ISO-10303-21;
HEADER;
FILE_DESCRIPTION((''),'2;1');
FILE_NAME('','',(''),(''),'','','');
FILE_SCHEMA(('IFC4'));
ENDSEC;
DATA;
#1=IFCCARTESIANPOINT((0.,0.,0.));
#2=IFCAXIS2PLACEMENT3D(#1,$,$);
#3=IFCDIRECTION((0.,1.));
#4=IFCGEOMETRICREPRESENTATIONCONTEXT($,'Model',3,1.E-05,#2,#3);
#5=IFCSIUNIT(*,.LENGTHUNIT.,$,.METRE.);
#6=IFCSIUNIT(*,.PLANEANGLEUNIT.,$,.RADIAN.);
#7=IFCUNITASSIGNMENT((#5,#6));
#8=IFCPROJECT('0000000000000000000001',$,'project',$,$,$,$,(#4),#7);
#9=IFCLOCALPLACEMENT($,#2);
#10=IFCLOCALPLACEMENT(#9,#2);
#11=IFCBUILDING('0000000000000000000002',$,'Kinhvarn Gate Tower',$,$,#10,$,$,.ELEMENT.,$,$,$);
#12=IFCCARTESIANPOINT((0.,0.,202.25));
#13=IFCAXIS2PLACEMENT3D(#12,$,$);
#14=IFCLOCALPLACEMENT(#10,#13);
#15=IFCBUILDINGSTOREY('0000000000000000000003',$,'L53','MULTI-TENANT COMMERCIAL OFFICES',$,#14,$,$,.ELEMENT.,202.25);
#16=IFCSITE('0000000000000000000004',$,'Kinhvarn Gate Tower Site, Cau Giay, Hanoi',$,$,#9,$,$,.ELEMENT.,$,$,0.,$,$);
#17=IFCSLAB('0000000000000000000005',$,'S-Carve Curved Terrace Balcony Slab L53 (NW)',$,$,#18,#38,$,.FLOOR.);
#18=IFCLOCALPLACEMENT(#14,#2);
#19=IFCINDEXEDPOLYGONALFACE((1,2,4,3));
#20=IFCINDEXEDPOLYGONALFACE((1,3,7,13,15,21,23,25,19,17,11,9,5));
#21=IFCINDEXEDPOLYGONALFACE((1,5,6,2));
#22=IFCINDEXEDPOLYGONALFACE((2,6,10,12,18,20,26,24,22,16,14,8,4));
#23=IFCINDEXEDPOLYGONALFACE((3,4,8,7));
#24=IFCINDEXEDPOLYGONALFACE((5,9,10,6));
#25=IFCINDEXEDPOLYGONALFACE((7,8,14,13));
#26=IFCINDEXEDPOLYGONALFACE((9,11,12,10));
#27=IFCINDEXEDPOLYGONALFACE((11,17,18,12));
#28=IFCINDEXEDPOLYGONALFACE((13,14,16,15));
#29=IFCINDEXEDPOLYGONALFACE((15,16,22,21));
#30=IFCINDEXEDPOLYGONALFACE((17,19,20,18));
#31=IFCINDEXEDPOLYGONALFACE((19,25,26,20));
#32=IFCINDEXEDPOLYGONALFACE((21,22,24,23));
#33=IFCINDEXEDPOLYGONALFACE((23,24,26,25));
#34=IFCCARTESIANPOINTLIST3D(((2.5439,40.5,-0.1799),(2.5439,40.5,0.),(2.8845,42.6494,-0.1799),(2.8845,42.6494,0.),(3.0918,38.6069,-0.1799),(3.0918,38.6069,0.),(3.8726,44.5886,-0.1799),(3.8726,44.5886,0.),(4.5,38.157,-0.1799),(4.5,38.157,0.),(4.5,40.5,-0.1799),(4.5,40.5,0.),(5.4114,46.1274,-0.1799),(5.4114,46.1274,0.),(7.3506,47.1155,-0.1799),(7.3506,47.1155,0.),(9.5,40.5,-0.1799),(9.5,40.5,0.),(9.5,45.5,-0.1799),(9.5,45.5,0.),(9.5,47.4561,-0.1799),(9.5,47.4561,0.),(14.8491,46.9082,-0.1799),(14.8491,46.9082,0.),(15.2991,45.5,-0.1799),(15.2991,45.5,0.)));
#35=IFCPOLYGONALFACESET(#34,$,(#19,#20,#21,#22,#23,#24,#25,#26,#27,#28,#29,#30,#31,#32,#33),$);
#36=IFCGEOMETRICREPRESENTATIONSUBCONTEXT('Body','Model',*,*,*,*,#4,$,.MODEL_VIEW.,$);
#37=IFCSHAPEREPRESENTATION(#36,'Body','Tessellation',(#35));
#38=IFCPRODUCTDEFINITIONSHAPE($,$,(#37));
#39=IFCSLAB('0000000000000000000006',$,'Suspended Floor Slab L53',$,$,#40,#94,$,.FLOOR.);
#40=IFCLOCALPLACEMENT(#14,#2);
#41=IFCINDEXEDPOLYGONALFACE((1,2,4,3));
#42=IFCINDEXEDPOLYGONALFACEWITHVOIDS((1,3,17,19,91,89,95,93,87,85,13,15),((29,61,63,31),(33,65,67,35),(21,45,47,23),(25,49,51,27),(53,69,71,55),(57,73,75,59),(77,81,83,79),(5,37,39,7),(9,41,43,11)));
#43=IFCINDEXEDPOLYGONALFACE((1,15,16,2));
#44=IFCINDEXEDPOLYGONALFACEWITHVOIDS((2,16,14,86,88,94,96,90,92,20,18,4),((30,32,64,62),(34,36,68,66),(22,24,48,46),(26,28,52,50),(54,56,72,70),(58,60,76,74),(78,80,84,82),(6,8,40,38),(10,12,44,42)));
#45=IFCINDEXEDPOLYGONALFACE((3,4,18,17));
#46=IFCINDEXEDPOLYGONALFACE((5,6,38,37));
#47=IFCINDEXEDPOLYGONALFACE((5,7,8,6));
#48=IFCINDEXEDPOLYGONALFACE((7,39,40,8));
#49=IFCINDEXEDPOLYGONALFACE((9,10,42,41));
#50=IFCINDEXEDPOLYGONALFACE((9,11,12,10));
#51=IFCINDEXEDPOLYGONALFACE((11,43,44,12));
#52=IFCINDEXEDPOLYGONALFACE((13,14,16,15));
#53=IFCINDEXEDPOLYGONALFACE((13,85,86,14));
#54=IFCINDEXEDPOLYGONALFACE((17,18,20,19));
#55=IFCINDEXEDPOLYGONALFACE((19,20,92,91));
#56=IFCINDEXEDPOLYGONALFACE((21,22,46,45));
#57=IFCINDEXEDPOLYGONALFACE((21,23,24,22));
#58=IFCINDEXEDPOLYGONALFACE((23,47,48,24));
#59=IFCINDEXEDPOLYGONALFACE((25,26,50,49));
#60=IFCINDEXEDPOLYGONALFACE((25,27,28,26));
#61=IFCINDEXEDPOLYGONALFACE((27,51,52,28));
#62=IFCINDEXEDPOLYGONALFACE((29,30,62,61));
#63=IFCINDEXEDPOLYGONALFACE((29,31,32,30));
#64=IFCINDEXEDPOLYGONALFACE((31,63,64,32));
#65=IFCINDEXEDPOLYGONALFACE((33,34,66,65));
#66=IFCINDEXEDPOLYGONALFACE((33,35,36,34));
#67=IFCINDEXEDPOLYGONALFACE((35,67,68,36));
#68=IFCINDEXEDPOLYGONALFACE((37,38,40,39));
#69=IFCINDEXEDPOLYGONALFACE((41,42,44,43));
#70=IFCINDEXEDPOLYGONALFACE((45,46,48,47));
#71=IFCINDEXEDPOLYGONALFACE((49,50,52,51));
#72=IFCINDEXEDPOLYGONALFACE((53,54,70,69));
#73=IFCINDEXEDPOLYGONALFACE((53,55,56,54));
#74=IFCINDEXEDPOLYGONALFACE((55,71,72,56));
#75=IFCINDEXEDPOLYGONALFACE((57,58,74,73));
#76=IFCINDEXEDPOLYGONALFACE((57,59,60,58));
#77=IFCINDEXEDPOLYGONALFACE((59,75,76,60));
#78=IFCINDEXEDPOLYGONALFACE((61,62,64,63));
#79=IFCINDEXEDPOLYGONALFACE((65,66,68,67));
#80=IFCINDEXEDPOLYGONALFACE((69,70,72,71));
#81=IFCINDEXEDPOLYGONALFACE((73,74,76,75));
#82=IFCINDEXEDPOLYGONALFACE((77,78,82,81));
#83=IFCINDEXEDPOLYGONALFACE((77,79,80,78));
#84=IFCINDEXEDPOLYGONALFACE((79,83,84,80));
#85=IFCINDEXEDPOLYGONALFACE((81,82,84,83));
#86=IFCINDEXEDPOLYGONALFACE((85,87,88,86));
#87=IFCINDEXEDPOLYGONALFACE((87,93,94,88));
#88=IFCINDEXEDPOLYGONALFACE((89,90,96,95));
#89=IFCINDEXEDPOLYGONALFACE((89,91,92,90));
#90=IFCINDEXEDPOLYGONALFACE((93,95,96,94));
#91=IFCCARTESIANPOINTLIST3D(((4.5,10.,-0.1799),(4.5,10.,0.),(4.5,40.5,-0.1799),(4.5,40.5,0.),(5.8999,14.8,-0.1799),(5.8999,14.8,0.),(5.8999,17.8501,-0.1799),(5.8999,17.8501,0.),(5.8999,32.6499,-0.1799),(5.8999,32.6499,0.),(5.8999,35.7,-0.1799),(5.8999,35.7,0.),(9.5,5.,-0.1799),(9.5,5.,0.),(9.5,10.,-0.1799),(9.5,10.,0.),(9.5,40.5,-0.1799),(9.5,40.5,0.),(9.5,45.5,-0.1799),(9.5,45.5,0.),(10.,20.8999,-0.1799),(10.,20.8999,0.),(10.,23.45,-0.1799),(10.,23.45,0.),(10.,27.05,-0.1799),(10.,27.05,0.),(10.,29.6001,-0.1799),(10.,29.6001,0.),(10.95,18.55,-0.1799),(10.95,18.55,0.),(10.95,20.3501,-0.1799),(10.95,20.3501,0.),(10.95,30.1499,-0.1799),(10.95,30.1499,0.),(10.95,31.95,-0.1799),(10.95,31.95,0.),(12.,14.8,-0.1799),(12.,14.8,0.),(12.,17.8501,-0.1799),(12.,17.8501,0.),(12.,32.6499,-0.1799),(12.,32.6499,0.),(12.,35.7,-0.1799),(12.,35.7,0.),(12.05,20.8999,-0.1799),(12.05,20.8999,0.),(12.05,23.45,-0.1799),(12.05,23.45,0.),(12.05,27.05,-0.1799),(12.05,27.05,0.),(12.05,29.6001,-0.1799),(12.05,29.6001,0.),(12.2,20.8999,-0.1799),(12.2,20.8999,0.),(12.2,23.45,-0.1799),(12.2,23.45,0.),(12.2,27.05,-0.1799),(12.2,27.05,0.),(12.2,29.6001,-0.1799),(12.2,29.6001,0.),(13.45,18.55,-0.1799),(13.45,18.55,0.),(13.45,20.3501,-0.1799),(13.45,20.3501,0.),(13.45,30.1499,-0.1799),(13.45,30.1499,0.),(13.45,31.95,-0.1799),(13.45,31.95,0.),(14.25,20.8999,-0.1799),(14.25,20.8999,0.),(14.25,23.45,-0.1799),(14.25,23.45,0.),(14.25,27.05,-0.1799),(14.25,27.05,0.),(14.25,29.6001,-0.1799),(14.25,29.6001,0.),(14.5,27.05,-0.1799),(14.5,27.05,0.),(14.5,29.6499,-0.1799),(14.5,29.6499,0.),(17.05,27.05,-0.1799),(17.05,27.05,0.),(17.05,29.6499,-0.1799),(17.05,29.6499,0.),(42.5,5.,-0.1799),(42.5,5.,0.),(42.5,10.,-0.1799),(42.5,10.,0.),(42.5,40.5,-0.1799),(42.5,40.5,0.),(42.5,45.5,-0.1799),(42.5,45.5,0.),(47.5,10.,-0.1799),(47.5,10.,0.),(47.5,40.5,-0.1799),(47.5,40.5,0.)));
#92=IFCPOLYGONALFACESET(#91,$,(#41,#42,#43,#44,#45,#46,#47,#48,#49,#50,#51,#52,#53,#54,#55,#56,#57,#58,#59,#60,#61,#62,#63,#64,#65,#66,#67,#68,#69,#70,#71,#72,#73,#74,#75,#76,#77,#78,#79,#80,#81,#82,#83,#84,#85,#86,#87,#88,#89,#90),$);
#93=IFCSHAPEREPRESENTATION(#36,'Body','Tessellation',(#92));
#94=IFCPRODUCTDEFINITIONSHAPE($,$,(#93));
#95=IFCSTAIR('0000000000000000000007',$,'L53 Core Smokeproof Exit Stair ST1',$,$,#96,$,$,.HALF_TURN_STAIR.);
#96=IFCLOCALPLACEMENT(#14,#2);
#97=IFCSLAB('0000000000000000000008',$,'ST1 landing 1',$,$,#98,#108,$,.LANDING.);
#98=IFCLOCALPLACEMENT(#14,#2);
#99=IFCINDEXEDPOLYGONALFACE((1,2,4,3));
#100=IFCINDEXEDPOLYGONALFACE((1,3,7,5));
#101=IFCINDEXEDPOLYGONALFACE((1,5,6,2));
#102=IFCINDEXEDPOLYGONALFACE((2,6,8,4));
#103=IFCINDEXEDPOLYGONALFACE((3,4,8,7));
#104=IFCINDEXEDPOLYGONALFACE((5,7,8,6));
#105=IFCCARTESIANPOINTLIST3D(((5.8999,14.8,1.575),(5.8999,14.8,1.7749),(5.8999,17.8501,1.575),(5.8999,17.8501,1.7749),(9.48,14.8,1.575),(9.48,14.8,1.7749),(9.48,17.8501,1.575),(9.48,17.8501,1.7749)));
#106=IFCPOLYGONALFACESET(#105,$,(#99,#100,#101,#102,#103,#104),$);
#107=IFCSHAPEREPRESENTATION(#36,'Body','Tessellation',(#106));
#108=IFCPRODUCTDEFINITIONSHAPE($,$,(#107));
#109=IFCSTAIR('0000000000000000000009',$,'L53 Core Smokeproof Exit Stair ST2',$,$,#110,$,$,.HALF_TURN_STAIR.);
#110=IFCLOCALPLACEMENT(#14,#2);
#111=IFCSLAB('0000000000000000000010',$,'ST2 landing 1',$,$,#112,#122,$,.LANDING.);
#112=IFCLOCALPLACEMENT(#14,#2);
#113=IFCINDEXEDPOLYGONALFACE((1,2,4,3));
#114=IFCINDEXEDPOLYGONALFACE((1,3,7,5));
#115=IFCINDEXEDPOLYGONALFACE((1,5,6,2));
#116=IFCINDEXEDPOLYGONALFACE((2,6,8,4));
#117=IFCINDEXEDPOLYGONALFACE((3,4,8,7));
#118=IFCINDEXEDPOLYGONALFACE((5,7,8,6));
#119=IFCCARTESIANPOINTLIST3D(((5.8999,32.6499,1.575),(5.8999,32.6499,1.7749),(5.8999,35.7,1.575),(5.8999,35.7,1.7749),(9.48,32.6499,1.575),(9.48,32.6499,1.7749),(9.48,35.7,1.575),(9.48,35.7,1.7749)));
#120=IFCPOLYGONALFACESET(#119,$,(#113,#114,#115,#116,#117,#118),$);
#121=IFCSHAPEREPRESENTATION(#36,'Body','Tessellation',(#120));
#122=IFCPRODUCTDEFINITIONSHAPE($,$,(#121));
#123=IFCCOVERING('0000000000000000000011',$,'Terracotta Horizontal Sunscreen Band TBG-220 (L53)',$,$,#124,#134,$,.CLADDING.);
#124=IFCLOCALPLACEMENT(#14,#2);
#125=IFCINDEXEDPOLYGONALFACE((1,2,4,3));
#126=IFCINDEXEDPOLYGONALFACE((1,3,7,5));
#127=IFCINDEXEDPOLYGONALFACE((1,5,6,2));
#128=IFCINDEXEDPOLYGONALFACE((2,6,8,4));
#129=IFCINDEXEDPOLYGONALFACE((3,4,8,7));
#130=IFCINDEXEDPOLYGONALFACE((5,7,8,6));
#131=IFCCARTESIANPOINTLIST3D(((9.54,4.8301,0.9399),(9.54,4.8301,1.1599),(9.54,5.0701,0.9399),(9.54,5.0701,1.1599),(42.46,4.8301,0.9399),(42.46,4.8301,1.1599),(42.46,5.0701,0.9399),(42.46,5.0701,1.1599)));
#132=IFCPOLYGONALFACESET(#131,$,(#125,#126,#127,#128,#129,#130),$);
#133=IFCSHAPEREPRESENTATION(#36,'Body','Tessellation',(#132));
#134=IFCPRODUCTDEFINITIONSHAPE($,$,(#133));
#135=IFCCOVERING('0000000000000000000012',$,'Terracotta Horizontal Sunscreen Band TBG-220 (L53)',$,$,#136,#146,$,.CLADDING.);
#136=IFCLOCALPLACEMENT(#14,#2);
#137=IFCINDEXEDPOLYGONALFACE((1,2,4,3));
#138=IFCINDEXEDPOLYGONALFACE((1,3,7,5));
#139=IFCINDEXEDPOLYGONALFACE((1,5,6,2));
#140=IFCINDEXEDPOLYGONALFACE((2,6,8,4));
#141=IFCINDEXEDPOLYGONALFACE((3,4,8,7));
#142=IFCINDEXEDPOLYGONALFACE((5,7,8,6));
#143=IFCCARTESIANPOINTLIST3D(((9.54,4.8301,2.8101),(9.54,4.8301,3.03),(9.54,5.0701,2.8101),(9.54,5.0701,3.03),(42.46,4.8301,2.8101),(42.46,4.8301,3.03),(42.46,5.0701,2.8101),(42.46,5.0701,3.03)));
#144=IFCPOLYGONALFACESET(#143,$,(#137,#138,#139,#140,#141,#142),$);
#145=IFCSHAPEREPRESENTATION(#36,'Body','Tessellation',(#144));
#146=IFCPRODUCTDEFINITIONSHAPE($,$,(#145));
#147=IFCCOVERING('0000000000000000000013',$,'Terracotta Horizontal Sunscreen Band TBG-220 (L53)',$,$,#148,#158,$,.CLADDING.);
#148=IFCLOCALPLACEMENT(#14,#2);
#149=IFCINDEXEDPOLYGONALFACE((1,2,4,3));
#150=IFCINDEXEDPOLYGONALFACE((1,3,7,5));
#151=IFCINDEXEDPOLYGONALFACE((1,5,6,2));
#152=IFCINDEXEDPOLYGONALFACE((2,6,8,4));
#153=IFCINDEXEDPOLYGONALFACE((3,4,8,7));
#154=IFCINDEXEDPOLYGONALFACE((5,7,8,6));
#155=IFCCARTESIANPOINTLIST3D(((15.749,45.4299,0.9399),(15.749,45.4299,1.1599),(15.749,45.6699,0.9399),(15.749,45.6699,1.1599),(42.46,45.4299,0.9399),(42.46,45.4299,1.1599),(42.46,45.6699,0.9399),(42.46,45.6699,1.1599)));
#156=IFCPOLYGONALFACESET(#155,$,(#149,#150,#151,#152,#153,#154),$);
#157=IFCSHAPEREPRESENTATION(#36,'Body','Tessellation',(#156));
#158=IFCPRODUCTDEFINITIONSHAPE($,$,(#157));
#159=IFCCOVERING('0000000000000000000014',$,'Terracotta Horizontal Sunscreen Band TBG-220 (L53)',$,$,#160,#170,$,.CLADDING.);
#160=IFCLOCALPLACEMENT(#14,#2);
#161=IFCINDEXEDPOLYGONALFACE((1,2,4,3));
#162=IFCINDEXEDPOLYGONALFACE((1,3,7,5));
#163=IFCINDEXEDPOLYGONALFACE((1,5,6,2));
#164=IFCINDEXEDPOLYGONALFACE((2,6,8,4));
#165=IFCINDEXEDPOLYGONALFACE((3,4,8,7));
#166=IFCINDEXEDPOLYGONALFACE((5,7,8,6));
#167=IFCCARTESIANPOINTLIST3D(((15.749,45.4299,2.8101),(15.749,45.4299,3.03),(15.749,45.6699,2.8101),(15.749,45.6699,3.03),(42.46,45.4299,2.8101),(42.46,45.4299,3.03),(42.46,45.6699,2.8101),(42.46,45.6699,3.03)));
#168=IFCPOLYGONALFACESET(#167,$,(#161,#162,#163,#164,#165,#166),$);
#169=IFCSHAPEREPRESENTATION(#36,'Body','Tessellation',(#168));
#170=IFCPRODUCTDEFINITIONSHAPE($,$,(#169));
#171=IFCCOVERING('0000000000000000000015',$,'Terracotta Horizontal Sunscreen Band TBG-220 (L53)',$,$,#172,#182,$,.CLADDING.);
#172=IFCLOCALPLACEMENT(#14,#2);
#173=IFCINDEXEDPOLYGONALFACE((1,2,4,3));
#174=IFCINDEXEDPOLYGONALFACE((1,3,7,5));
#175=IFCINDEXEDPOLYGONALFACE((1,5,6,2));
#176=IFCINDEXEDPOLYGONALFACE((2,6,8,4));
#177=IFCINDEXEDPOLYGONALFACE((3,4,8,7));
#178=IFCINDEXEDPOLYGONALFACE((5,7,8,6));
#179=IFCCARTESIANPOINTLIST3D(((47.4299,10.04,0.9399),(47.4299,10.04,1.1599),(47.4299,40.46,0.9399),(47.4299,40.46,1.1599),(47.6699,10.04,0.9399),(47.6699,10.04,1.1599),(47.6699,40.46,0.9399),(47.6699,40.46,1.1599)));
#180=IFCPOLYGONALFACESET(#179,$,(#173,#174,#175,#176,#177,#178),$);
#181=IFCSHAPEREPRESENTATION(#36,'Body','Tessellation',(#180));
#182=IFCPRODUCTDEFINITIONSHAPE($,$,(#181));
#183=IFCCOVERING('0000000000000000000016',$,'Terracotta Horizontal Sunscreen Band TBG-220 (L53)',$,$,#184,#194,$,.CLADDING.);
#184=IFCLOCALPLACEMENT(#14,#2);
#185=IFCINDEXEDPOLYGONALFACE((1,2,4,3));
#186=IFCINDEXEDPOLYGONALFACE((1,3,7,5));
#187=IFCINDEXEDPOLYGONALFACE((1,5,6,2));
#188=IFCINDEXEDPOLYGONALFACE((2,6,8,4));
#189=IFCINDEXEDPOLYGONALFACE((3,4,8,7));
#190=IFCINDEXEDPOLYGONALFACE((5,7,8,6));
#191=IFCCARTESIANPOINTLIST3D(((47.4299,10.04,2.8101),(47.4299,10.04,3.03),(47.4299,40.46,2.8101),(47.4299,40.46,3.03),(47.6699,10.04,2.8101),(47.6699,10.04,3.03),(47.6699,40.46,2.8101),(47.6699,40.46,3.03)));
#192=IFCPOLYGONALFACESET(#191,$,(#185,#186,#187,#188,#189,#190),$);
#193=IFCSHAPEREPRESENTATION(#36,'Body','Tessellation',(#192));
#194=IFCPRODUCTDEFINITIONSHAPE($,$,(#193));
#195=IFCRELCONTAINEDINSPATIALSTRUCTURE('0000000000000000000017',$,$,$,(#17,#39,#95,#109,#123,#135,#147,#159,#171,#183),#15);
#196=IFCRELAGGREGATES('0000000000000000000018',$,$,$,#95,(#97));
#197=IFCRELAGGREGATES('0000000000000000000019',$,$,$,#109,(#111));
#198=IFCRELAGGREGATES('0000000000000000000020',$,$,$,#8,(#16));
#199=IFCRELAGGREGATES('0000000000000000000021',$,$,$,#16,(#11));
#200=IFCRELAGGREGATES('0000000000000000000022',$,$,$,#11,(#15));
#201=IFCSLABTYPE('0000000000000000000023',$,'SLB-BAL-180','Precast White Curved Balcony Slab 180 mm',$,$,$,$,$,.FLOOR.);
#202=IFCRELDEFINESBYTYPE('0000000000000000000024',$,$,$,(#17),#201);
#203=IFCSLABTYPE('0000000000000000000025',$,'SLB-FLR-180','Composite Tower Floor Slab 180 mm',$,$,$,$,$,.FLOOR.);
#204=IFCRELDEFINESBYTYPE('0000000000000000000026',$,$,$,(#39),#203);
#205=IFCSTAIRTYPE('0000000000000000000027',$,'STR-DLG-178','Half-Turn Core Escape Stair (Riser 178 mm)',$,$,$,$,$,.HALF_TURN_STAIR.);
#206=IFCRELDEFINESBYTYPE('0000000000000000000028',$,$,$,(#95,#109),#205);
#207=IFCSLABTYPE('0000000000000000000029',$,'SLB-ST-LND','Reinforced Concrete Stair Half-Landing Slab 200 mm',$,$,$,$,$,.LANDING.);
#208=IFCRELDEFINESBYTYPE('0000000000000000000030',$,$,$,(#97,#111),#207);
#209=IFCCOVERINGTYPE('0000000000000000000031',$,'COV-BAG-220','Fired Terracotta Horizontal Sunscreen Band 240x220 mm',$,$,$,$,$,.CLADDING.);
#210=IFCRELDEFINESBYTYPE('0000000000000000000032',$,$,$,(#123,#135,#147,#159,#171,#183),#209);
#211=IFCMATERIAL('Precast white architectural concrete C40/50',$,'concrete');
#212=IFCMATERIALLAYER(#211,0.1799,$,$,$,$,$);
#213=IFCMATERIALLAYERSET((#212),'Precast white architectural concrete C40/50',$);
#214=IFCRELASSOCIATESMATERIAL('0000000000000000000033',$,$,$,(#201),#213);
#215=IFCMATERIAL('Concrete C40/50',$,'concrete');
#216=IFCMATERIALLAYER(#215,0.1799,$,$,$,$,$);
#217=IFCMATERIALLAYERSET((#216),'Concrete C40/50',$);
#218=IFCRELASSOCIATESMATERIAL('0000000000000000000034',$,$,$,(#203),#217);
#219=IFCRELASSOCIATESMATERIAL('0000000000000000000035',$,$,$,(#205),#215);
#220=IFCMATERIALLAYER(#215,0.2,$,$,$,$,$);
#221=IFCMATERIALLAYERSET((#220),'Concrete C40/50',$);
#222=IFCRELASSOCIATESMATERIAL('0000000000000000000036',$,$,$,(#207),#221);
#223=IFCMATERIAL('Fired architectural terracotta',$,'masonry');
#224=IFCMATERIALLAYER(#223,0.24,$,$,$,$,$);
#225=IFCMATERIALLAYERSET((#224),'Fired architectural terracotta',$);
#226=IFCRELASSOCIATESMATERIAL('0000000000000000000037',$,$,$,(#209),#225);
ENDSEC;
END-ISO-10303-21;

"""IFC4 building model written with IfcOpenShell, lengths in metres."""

from ifc_helpers import new_model, si_unit, direction, frame, origin, place, context, subcontext, project, spatial, polyline, outline, extrude, material, layer, layer_set, type_object, element, aggregate, save


model = new_model("IFC4")

# Units and contexts
model_context = context("Model", 3, precision=1e-05, world=origin(), true_north=direction((0.0, 1.0)))
body_context = subcontext(model_context, "Body", "Model", "MODEL_VIEW")
ifc_project = project(units=[si_unit("LENGTHUNIT", "METRE"), si_unit("PLANEANGLEUNIT", "RADIAN")], contexts=[model_context])

# Site, building, storey
site_placement = place(None, origin())
site = spatial("IfcSite", under=ifc_project, at=site_placement, Name="Kinhvarn Gate Tower Site, Cau Giay, Hanoi", CompositionType="ELEMENT", RefElevation=0.0)
building_placement = place(site_placement, origin())
building = spatial("IfcBuilding", under=site, at=building_placement, Name="Kinhvarn Gate Tower", CompositionType="ELEMENT")
storey_placement = place(building_placement, frame((0.0, 0.0, 202.25)))
storey = spatial("IfcBuildingStorey", under=building, at=storey_placement, Name="L53", Description="MULTI-TENANT COMMERCIAL OFFICES", CompositionType="ELEMENT", Elevation=202.25)

# Slabs
ifc_material_1 = material(Name="Precast white architectural concrete C40/50", Category="concrete")
ifc_layer_1 = layer(ifc_material_1, 0.1799)
ifc_layer_set_1 = layer_set([ifc_layer_1], Name="Precast white architectural concrete C40/50")
slab_type_1 = type_object("IfcSlabType", Name="SLB-BAL-180", Description="Precast White Curved Balcony Slab 180 mm", PredefinedType="FLOOR", material=ifc_layer_set_1)
slab_1_placement = place(storey_placement, frame((0.0, 0.0, -0.1799)))
element("IfcSlab", 1, at=slab_1_placement, inside=storey, type_object=slab_type_1, Name="S-Carve Curved Terrace Balcony Slab L53 (NW)", PredefinedType="FLOOR", context=body_context, shape_type="SweptSolid", body=[
    extrude(outline(polyline([(15.2991, 45.5), (14.8491, 46.9082), (9.5, 47.4561), (7.3506, 47.1155), (5.4114, 46.1274), (3.8726, 44.5886), (2.8845, 42.6494), (2.5439, 40.5), (3.0918, 38.6069), (4.5, 38.157), (4.5, 40.5), (9.5, 40.5), (9.5, 45.5), (15.2991, 45.5)])), origin(), (0.0, 0.0, 1.0), 0.1799),
])
ifc_material_2 = material(Name="Concrete C40/50", Category="concrete")
ifc_layer_2 = layer(ifc_material_2, 0.1799)
ifc_layer_set_2 = layer_set([ifc_layer_2], Name="Concrete C40/50")
slab_type_2 = type_object("IfcSlabType", Name="SLB-FLR-180", Description="Composite Tower Floor Slab 180 mm", PredefinedType="FLOOR", material=ifc_layer_set_2)
slab_2_placement = place(storey_placement, frame((0.0, 0.0, -0.1799)))
element("IfcSlab", 2, at=slab_2_placement, inside=storey, type_object=slab_type_2, Name="Suspended Floor Slab L53", PredefinedType="FLOOR", context=body_context, shape_type="SweptSolid", body=[
    extrude(outline(polyline([(9.5, 5.0), (42.5, 5.0), (42.5, 10.0), (47.5, 10.0), (47.5, 40.5), (42.5, 40.5), (42.5, 45.5), (9.5, 45.5), (9.5, 40.5), (4.5, 40.5), (4.5, 10.0), (9.5, 10.0), (9.5, 5.0)]), holes=[polyline([(5.8999, 14.8), (12.0, 14.8), (12.0, 17.8501), (5.8999, 17.8501), (5.8999, 14.8)]), polyline([(5.8999, 32.6499), (12.0, 32.6499), (12.0, 35.7), (5.8999, 35.7), (5.8999, 32.6499)]), polyline([(10.0, 20.8999), (12.05, 20.8999), (12.05, 23.45), (10.0, 23.45), (10.0, 20.8999)]), polyline([(12.2, 20.8999), (14.25, 20.8999), (14.25, 23.45), (12.2, 23.45), (12.2, 20.8999)]), polyline([(10.0, 27.05), (12.05, 27.05), (12.05, 29.6001), (10.0, 29.6001), (10.0, 27.05)]), polyline([(12.2, 27.05), (14.25, 27.05), (14.25, 29.6001), (12.2, 29.6001), (12.2, 27.05)]), polyline([(14.5, 27.05), (17.05, 27.05), (17.05, 29.6499), (14.5, 29.6499), (14.5, 27.05)]), polyline([(10.95, 18.55), (13.45, 18.55), (13.45, 20.3501), (10.95, 20.3501), (10.95, 18.55)]), polyline([(10.95, 30.1499), (13.45, 30.1499), (13.45, 31.95), (10.95, 31.95), (10.95, 30.1499)])]), origin(), (0.0, 0.0, 1.0), 0.1799),
])

# Stairs, slabs
stair_type = type_object("IfcStairType", Name="STR-DLG-178", Description="Half-Turn Core Escape Stair (Riser 178 mm)", PredefinedType="HALF_TURN_STAIR", material=ifc_material_2)
stair_1_placement = place(storey_placement, origin())
stair_1 = element("IfcStair", 3, at=stair_1_placement, inside=storey, type_object=stair_type, Name="L53 Core Smokeproof Exit Stair ST1", PredefinedType="HALF_TURN_STAIR")
ifc_layer_3 = layer(ifc_material_2, 0.2)
ifc_layer_set_3 = layer_set([ifc_layer_3], Name="Concrete C40/50")
slab_type_3 = type_object("IfcSlabType", Name="SLB-ST-LND", Description="Reinforced Concrete Stair Half-Landing Slab 200 mm", PredefinedType="LANDING", material=ifc_layer_set_3)
slab_3_placement = place(storey_placement, frame((0.0, 0.0, 1.575)))
slab_3 = element("IfcSlab", 4, at=slab_3_placement, type_object=slab_type_3, Name="ST1 landing 1", PredefinedType="LANDING", context=body_context, shape_type="SweptSolid", body=[
    extrude(outline(polyline([(9.48, 17.8501), (5.8999, 17.8501), (5.8999, 14.8), (9.48, 14.8), (9.48, 17.8501)])), origin(), (0.0, 0.0, 1.0), 0.2),
])
aggregate(stair_1, [slab_3])
stair_2_placement = place(storey_placement, origin())
stair_2 = element("IfcStair", 5, at=stair_2_placement, inside=storey, type_object=stair_type, Name="L53 Core Smokeproof Exit Stair ST2", PredefinedType="HALF_TURN_STAIR")
slab_4_placement = place(storey_placement, frame((0.0, 0.0, 1.575)))
slab_4 = element("IfcSlab", 6, at=slab_4_placement, type_object=slab_type_3, Name="ST2 landing 1", PredefinedType="LANDING", context=body_context, shape_type="SweptSolid", body=[
    extrude(outline(polyline([(9.48, 35.7), (5.8999, 35.7), (5.8999, 32.6499), (9.48, 32.6499), (9.48, 35.7)])), origin(), (0.0, 0.0, 1.0), 0.2),
])
aggregate(stair_2, [slab_4])

# Coverings
ifc_material_3 = material(Name="Fired architectural terracotta", Category="masonry")
ifc_layer_4 = layer(ifc_material_3, 0.24)
ifc_layer_set_4 = layer_set([ifc_layer_4], Name="Fired architectural terracotta")
covering_type_1 = type_object("IfcCoveringType", Name="COV-BAG-220", Description="Fired Terracotta Horizontal Sunscreen Band 240x220 mm", PredefinedType="CLADDING", material=ifc_layer_set_4)
for number, where, name in (
    (7, (0.0, 0.0, 0.9399), "Terracotta Horizontal Sunscreen Band TBG-220 (L53)"),
    (8, (0.0, 0.0, 2.8101), "Terracotta Horizontal Sunscreen Band TBG-220 (L53)"),
):
    element("IfcCovering", number, at=place(storey_placement, frame(where)), inside=storey, type_object=covering_type_1, Name=name, PredefinedType="CLADDING", context=body_context, shape_type="SweptSolid", body=[
        extrude(outline(polyline([(9.54, 5.0701), (42.46, 5.0701), (42.46, 4.8301), (9.54, 4.8301), (9.54, 5.0701)])), origin(), (0.0, 0.0, 1.0), 0.22),
    ])
for number, where, name in (
    (9, (0.0, 0.0, 0.9399), "Terracotta Horizontal Sunscreen Band TBG-220 (L53)"),
    (10, (0.0, 0.0, 2.8101), "Terracotta Horizontal Sunscreen Band TBG-220 (L53)"),
):
    element("IfcCovering", number, at=place(storey_placement, frame(where)), inside=storey, type_object=covering_type_1, Name=name, PredefinedType="CLADDING", context=body_context, shape_type="SweptSolid", body=[
        extrude(outline(polyline([(42.46, 45.4299), (15.749, 45.4299), (15.749, 45.6699), (42.46, 45.6699), (42.46, 45.4299)])), origin(), (0.0, 0.0, 1.0), 0.22),
    ])
for number, where, name in (
    (11, (0.0, 0.0, 0.9399), "Terracotta Horizontal Sunscreen Band TBG-220 (L53)"),
    (12, (0.0, 0.0, 2.8101), "Terracotta Horizontal Sunscreen Band TBG-220 (L53)"),
):
    element("IfcCovering", number, at=place(storey_placement, frame(where)), inside=storey, type_object=covering_type_1, Name=name, PredefinedType="CLADDING", context=body_context, shape_type="SweptSolid", body=[
        extrude(outline(polyline([(47.4299, 10.04), (47.4299, 40.46), (47.6699, 40.46), (47.6699, 10.04), (47.4299, 10.04)])), origin(), (0.0, 0.0, 1.0), 0.22),
    ])

save(model, "model.ifc")
